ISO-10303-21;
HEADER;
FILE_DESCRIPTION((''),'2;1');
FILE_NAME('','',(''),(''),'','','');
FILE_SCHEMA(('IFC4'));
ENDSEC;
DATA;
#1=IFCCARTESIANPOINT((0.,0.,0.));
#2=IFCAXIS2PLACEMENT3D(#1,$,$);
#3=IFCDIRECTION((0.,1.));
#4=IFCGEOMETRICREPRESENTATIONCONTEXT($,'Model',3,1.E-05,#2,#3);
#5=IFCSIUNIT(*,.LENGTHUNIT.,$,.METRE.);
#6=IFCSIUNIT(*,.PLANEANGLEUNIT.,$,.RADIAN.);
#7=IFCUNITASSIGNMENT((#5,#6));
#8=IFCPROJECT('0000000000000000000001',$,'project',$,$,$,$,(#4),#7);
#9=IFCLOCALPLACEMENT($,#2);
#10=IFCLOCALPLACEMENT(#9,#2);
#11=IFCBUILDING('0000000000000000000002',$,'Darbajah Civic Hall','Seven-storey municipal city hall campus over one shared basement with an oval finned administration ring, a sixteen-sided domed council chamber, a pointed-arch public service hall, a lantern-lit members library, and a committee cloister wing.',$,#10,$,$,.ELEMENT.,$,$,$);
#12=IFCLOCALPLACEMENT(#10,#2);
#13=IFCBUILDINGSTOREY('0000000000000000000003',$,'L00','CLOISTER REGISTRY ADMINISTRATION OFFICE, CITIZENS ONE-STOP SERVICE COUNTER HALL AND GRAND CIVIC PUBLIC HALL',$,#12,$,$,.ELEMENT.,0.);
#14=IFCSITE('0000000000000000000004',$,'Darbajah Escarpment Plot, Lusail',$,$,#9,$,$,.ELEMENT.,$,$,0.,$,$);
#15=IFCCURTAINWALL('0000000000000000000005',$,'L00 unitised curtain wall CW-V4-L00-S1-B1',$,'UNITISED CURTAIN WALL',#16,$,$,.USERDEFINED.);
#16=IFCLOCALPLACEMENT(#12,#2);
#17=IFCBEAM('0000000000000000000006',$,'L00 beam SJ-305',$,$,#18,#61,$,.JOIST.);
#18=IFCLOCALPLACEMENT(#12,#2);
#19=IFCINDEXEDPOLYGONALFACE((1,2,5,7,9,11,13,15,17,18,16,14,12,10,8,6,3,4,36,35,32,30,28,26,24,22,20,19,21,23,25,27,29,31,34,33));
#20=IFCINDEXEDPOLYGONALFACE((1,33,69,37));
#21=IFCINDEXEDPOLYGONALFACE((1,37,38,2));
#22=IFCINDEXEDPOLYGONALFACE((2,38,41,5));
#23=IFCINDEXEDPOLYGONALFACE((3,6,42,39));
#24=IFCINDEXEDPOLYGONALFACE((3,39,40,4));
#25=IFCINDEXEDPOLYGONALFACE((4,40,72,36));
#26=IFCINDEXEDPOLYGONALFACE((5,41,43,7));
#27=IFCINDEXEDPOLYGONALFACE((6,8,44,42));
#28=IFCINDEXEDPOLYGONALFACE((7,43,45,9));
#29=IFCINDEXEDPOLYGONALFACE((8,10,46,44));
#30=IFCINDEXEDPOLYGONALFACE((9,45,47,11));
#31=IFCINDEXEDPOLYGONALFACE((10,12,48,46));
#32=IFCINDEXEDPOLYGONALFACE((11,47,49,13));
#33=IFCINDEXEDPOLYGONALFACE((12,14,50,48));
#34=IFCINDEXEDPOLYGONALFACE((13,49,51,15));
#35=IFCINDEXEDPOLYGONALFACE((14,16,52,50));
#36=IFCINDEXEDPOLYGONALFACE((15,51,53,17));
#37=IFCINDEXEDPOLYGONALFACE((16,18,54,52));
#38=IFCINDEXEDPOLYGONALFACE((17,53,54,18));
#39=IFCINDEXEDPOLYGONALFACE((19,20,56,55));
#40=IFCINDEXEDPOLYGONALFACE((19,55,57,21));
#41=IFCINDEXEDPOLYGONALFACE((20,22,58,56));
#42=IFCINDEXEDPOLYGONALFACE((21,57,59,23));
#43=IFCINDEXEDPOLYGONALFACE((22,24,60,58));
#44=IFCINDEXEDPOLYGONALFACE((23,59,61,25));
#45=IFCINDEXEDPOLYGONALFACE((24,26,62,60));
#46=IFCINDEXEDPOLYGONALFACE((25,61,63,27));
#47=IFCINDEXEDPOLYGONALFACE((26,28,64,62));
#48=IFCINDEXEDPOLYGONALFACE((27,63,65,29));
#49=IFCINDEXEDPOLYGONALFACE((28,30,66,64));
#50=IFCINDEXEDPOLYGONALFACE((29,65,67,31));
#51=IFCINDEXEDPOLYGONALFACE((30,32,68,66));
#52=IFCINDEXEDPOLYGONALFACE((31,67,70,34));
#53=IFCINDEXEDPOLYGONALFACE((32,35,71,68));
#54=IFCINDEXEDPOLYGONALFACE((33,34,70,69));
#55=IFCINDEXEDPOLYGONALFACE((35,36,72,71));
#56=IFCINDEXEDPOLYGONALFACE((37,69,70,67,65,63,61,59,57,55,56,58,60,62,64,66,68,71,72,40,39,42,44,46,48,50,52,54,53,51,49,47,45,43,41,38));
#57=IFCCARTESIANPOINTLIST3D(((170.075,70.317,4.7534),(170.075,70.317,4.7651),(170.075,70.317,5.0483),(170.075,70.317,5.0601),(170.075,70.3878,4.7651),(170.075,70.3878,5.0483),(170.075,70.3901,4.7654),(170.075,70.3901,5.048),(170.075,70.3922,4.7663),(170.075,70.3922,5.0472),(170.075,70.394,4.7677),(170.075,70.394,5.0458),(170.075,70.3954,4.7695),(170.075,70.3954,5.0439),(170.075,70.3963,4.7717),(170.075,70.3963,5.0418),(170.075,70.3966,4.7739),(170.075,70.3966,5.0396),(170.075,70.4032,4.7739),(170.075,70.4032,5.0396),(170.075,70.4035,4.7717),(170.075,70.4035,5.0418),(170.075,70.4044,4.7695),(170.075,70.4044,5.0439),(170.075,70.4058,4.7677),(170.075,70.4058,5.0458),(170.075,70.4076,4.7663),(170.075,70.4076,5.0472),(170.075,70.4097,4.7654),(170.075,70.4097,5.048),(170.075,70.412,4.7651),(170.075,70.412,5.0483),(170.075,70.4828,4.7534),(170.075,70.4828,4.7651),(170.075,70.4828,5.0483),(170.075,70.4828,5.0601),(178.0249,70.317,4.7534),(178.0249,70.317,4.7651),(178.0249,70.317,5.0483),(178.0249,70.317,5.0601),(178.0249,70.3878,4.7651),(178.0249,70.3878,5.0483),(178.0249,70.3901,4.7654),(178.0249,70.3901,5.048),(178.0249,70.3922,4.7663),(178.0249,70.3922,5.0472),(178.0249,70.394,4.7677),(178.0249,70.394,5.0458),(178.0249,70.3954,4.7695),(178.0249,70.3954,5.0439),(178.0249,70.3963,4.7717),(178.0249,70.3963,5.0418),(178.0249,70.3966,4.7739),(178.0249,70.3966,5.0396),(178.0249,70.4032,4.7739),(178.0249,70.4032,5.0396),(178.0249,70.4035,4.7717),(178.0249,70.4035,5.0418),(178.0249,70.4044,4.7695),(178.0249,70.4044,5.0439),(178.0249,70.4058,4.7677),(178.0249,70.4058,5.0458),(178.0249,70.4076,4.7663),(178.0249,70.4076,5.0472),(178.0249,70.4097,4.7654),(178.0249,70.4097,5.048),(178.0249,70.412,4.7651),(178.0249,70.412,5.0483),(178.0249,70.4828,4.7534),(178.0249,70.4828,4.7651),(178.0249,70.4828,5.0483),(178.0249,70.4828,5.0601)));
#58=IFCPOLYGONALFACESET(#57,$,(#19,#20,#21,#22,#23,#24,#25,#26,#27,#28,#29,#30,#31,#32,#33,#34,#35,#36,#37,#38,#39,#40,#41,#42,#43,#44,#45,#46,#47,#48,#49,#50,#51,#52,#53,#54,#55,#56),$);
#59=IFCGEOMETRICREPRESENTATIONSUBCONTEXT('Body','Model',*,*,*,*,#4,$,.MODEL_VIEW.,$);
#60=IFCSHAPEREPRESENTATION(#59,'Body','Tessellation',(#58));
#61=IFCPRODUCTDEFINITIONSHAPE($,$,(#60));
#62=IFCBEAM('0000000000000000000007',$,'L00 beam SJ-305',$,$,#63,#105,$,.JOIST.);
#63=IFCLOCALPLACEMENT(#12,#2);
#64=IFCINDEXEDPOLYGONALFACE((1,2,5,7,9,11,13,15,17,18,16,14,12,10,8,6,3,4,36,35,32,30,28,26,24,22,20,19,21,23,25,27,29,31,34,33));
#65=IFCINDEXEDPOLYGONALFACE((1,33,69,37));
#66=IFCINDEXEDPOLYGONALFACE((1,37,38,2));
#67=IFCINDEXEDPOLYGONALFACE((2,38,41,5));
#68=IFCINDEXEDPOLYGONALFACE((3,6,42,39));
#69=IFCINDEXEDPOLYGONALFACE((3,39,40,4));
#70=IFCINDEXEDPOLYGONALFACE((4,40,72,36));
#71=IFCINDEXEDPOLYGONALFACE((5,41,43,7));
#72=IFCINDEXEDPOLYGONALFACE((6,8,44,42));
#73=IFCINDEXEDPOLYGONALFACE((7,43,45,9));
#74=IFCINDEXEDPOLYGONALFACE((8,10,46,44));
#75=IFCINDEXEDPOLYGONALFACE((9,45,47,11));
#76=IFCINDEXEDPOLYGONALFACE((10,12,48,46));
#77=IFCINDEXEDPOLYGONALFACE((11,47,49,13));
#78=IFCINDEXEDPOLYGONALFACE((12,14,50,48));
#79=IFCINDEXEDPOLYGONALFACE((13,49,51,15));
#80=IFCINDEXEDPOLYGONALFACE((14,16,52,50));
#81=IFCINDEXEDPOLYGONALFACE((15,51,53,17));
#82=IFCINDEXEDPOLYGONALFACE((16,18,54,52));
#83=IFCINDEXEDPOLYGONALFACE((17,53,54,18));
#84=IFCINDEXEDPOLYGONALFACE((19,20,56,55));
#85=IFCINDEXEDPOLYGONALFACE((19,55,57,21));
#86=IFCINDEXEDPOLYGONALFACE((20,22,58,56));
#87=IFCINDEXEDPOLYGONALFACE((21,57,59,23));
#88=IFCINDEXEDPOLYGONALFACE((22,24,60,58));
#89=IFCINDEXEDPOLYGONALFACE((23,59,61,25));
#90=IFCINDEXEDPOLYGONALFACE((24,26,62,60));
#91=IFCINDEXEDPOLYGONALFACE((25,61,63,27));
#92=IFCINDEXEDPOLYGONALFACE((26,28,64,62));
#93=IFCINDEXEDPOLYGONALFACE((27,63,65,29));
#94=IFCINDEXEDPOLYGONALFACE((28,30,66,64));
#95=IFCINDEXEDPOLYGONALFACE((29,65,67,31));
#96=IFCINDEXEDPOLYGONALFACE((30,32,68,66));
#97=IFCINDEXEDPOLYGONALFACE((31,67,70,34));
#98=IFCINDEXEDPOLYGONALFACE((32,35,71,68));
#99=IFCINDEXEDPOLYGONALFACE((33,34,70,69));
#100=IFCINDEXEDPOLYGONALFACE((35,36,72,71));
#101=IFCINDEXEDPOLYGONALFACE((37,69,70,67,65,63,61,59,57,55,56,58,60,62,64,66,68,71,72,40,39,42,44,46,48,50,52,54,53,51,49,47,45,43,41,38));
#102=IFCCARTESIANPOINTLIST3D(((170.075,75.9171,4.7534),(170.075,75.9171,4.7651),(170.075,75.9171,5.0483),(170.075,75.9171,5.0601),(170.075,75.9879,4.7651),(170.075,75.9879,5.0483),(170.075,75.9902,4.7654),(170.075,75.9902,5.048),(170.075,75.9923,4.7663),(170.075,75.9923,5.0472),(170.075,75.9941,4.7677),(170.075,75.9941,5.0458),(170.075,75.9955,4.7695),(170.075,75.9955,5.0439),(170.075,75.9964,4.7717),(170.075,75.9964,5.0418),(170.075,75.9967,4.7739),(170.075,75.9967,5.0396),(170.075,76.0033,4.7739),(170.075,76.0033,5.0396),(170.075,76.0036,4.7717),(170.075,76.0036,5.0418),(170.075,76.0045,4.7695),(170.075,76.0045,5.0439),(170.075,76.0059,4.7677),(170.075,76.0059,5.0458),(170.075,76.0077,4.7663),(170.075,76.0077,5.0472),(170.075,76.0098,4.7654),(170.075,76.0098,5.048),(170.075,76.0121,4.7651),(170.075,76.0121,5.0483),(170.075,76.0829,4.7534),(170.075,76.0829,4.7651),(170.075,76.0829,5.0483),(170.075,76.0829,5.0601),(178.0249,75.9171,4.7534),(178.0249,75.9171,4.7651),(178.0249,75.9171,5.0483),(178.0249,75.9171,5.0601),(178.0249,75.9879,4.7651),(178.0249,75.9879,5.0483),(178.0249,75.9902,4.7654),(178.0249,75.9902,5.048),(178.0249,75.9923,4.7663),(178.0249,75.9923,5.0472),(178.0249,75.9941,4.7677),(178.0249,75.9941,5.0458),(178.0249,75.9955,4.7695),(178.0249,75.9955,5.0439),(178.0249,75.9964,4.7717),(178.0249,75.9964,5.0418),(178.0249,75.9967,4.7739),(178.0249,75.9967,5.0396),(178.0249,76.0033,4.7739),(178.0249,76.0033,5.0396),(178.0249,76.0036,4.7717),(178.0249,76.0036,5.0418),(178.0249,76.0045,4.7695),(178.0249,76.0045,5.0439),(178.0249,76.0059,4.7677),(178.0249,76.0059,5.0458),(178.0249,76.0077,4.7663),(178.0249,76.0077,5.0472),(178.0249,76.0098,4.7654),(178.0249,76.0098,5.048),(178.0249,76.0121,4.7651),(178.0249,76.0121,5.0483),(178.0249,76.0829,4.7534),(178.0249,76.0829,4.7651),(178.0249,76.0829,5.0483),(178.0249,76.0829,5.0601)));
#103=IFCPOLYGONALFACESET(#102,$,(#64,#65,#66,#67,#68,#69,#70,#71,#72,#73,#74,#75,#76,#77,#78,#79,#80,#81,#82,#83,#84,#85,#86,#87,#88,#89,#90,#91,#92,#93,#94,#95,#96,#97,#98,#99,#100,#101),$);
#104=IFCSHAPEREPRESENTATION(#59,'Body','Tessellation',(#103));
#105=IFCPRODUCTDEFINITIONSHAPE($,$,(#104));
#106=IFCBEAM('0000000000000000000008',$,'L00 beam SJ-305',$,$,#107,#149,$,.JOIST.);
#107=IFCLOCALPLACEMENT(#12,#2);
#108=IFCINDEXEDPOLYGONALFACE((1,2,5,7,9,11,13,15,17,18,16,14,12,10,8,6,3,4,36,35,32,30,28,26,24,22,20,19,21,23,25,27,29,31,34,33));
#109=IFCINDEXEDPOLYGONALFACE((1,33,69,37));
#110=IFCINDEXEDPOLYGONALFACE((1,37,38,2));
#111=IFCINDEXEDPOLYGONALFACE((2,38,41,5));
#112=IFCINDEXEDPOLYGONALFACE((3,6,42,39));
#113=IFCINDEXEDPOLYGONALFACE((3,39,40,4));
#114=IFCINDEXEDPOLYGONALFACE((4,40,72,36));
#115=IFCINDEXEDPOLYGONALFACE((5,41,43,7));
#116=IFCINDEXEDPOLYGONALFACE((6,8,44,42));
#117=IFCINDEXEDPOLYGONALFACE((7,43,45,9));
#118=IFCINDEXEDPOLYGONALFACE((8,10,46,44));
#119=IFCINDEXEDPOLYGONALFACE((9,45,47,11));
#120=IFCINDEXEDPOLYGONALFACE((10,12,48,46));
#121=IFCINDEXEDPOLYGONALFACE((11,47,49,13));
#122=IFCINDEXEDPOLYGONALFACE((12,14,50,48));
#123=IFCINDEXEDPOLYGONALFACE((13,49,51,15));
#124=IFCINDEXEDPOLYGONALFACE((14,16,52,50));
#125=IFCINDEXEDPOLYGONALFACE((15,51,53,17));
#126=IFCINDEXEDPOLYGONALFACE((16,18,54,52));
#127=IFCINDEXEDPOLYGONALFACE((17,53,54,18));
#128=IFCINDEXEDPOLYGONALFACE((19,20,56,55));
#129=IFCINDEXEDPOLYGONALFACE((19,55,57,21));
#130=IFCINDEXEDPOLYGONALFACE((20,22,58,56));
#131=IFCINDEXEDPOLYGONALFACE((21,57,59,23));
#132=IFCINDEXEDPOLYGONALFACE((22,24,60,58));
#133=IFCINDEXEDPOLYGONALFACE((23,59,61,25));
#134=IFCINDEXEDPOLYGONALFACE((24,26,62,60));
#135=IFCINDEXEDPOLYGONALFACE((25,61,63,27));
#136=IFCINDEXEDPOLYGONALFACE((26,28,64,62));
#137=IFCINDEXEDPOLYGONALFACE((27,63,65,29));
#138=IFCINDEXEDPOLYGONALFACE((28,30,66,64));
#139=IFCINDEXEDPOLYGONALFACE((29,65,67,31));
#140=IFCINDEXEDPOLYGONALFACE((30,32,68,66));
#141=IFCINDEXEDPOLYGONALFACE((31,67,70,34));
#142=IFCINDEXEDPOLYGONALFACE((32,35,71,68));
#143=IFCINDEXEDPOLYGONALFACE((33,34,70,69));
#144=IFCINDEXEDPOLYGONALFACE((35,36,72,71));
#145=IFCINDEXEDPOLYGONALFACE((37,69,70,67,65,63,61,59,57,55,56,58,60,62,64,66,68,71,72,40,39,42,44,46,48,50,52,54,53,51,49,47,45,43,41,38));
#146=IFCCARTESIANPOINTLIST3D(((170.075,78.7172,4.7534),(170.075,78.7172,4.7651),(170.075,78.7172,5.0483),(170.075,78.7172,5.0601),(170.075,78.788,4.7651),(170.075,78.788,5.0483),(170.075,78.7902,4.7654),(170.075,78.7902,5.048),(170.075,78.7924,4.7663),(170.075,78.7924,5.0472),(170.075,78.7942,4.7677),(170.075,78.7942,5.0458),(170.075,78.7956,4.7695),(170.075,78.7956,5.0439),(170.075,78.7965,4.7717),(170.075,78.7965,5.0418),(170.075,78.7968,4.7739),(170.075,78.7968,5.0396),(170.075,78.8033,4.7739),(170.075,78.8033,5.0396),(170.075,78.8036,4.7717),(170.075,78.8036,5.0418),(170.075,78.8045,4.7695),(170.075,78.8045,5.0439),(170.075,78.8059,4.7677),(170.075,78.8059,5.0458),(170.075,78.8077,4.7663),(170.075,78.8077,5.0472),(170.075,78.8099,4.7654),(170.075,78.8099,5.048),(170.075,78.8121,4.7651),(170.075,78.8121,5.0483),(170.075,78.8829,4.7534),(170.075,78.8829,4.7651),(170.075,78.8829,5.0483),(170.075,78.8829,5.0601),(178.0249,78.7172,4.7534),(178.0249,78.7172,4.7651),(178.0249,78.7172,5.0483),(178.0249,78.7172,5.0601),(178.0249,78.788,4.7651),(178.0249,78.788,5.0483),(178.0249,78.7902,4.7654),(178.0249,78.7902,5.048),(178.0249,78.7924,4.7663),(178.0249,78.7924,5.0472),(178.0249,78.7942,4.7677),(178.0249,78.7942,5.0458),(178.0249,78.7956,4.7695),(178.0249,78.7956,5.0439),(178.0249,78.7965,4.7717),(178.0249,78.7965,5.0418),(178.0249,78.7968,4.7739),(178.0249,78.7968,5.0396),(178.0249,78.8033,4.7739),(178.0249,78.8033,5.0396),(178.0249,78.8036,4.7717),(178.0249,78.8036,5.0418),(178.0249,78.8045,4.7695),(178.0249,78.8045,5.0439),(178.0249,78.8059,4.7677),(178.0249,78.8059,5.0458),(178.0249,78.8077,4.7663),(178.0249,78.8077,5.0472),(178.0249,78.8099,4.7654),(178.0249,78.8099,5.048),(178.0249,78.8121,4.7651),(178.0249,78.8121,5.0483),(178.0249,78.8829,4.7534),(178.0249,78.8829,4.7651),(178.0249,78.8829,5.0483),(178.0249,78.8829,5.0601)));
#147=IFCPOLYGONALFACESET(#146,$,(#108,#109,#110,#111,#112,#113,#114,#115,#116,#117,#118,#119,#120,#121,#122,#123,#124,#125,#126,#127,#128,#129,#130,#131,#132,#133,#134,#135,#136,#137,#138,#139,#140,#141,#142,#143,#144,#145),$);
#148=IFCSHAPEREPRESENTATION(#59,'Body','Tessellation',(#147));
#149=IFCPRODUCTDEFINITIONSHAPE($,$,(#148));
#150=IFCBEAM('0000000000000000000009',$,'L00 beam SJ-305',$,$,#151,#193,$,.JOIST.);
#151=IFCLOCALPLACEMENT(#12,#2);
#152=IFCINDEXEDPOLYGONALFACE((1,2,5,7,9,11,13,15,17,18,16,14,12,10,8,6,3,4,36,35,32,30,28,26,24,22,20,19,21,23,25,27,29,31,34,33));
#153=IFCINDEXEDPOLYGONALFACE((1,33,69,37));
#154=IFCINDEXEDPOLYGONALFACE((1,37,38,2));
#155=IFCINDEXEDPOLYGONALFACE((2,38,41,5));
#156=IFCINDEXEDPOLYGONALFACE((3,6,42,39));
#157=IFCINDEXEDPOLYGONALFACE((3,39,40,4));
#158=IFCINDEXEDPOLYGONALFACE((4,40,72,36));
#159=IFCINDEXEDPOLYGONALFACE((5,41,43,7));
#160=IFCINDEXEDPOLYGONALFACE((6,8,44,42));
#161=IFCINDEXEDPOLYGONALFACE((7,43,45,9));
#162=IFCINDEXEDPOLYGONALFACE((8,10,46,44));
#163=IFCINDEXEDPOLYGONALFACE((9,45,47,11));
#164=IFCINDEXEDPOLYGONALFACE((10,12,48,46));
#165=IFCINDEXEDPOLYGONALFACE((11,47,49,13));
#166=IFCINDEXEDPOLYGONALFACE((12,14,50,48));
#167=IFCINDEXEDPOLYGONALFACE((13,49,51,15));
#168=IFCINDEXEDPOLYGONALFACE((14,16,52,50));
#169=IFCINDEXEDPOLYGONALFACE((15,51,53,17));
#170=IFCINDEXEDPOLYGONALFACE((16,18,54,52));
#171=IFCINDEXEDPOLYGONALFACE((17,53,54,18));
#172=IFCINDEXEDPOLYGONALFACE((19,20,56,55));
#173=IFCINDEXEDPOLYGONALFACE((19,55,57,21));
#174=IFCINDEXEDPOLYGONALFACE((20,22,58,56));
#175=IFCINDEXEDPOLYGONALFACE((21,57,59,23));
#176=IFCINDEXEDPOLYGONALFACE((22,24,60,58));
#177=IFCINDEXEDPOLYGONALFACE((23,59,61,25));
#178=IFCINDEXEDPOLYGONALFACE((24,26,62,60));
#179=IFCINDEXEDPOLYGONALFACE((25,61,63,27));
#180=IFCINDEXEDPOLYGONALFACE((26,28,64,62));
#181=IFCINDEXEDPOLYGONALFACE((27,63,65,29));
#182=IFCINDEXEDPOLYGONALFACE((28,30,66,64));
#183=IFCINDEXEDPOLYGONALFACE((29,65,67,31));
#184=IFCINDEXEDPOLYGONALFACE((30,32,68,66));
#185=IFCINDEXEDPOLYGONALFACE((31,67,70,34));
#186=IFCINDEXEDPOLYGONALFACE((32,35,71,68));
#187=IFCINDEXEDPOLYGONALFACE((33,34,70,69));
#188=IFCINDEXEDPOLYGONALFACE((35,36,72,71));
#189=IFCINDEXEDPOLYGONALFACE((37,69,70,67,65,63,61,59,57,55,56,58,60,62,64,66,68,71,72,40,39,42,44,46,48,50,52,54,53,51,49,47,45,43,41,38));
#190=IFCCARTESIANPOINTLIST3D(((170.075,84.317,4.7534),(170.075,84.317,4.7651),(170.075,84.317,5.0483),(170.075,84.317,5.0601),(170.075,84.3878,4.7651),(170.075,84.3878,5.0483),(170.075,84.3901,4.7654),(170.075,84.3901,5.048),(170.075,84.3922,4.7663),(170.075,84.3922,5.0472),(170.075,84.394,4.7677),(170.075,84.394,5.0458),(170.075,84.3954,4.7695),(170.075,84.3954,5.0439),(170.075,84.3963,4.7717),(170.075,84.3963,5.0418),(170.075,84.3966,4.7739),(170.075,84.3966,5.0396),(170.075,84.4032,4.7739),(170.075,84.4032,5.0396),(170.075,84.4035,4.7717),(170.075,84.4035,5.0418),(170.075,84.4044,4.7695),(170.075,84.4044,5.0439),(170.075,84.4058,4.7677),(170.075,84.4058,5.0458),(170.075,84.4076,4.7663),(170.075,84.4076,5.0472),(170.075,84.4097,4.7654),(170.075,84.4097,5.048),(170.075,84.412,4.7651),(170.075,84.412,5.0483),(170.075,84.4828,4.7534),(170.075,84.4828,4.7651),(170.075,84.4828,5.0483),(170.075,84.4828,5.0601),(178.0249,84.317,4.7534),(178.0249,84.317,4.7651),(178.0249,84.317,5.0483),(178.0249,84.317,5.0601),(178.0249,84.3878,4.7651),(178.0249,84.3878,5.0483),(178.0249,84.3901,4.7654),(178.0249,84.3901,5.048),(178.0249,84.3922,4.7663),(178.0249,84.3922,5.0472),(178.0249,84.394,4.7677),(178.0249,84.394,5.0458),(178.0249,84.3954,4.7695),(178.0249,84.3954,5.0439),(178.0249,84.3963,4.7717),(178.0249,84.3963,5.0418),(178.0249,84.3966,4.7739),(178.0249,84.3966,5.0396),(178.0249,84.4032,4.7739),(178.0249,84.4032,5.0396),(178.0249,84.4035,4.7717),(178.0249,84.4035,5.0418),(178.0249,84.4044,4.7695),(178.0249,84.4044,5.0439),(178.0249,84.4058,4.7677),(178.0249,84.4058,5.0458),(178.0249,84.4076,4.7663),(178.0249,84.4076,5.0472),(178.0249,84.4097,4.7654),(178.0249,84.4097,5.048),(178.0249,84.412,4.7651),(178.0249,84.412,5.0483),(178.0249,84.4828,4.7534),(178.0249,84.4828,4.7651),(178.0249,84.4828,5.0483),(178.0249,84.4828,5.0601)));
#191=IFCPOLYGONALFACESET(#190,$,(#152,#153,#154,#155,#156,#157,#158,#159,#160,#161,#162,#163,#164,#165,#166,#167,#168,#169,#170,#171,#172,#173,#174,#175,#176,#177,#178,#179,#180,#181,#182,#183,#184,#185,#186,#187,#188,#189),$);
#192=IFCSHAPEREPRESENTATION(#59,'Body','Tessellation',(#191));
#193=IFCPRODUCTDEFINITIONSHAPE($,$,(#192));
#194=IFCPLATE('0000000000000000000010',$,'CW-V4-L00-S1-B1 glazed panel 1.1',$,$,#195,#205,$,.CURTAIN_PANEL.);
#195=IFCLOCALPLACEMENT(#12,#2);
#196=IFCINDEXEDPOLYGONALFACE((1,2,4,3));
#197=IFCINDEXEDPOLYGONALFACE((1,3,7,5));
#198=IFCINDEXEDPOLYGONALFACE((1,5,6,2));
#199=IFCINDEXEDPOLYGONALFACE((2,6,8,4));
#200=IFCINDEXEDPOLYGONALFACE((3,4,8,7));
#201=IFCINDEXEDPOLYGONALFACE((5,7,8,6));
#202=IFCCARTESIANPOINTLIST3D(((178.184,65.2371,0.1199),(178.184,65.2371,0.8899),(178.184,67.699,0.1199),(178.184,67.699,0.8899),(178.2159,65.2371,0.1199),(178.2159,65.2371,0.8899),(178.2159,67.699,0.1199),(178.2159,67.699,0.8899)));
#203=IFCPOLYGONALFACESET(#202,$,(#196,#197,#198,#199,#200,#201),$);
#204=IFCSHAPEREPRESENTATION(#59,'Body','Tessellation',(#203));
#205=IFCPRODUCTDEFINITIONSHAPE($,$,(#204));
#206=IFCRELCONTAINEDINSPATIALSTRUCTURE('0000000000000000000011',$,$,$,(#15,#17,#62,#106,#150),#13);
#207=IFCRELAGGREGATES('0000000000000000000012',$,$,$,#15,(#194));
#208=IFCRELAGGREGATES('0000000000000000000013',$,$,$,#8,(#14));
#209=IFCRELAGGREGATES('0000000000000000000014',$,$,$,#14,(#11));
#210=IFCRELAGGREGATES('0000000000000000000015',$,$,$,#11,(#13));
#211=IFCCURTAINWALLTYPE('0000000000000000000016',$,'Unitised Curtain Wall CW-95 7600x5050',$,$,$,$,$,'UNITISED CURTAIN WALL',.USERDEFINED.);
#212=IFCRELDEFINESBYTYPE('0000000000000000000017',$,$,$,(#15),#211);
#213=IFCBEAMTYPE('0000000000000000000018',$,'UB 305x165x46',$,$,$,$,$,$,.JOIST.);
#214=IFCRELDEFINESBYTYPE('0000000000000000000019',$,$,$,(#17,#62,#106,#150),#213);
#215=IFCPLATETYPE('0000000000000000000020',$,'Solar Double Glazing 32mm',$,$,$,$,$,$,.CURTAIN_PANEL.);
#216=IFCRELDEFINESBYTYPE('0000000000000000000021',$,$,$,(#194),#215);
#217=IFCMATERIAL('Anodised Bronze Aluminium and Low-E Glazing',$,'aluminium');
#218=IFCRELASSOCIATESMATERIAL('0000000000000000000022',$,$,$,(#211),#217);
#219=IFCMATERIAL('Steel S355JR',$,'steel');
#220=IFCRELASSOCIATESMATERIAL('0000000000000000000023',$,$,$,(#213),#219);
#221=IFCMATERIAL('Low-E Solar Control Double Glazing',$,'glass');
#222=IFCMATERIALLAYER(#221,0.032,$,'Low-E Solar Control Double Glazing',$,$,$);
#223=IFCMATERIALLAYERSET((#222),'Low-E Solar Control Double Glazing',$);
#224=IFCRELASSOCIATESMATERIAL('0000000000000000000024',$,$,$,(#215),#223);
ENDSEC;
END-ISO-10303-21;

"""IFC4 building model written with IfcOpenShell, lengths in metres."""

from ifc_helpers import new_model, si_unit, direction, frame, origin, origin_2d, place, context, subcontext, project, spatial, rectangle, i_section, extrude, material, layer, layer_set, material_profile, profile_set, type_object, element, aggregate, save


model = new_model("IFC4")

# Units and contexts
model_context = context("Model", 3, precision=1e-05, world=origin(), true_north=direction((0.0, 1.0)))
body_context = subcontext(model_context, "Body", "Model", "MODEL_VIEW")
ifc_project = project(units=[si_unit("LENGTHUNIT", "METRE"), si_unit("PLANEANGLEUNIT", "RADIAN")], contexts=[model_context])

# Site, building, storey
site_placement = place(None, origin())
site = spatial("IfcSite", under=ifc_project, at=site_placement, Name="Darbajah Escarpment Plot, Lusail", CompositionType="ELEMENT", RefElevation=0.0)
building_placement = place(site_placement, origin())
building = spatial("IfcBuilding", under=site, at=building_placement, Name="Darbajah Civic Hall", Description="Seven-storey municipal city hall campus over one shared basement with an oval finned administration ring, a sixteen-sided domed council chamber, a pointed-arch public service hall, a lantern-lit members library, and a committee cloister wing.", CompositionType="ELEMENT")
storey_placement = place(building_placement, origin())
storey = spatial("IfcBuildingStorey", under=building, at=storey_placement, Name="L00", Description="CLOISTER REGISTRY ADMINISTRATION OFFICE, CITIZENS ONE-STOP SERVICE COUNTER HALL AND GRAND CIVIC PUBLIC HALL", CompositionType="ELEMENT", Elevation=0.0)

# Curtain wall
ifc_material_1 = material(Name="Anodised Bronze Aluminium and Low-E Glazing", Category="aluminium")
curtain_wall_type = type_object("IfcCurtainWallType", Name="Unitised Curtain Wall CW-95 7600x5050", ElementType="UNITISED CURTAIN WALL", PredefinedType="USERDEFINED", material=ifc_material_1)
curtain_wall_placement = place(storey_placement, origin())
curtain_wall = element("IfcCurtainWall", 1, at=curtain_wall_placement, inside=storey, type_object=curtain_wall_type, Name="L00 unitised curtain wall CW-V4-L00-S1-B1", ObjectType="UNITISED CURTAIN WALL", PredefinedType="USERDEFINED")

# Beams
ifc_material_2 = material(Name="Steel S355JR", Category="steel")
ifc_material_profile_1 = material_profile(ifc_material_2, i_section(OverallWidth=0.1658, OverallDepth=0.3066, WebThickness=0.0066, FlangeThickness=0.0117, FilletRadius=0.0088, at=origin_2d()), Name="UB 305x165x46")
ifc_profile_set_1 = profile_set([ifc_material_profile_1], Name="Steel S355JR")
beam_type_1 = type_object("IfcBeamType", Name="UB 305x165x46", PredefinedType="JOIST", material=ifc_profile_set_1)
for number, where, z_axis, x_axis, name in (
    (2, (170.075, 70.3999, 4.9067), (1.0, 0.0, 0.0), (0.0, 1.0, 0.0), "L00 beam SJ-305"),
    (3, (170.075, 76.0, 4.9067), (1.0, 0.0, 0.0), (0.0, 1.0, 0.0), "L00 beam SJ-305"),
    (4, (170.075, 78.8, 4.9067), (1.0, 0.0, 0.0), (0.0, 1.0, 0.0), "L00 beam SJ-305"),
    (5, (170.075, 84.3999, 4.9067), (1.0, 0.0, 0.0), (0.0, 1.0, 0.0), "L00 beam SJ-305"),
):
    element("IfcBeam", number, at=place(storey_placement, frame(where, z_axis=z_axis, x_axis=x_axis)), inside=storey, type_object=beam_type_1, Name=name, PredefinedType="JOIST", context=body_context, shape_type="SweptSolid", body=[
        extrude(i_section(OverallWidth=0.1658, OverallDepth=0.3066, WebThickness=0.0066, FlangeThickness=0.0117, FilletRadius=0.0088, at=origin_2d()), origin(), (0.0, 0.0, 1.0), 7.95),
    ])

# Plate
ifc_material_3 = material(Name="Low-E Solar Control Double Glazing", Category="glass")
ifc_layer = layer(ifc_material_3, 0.032, Name="Low-E Solar Control Double Glazing")
ifc_layer_set = layer_set([ifc_layer], Name="Low-E Solar Control Double Glazing")
plate_type = type_object("IfcPlateType", Name="Solar Double Glazing 32mm", PredefinedType="CURTAIN_PANEL", material=ifc_layer_set)
plate_1_placement = place(storey_placement, frame((178.2, 66.468, 0.1199), z_axis=(0.0, 0.0, 1.0), x_axis=(0.0, 1.0, 0.0)))
plate_1 = element("IfcPlate", 6, at=plate_1_placement, type_object=plate_type, Name="CW-V4-L00-S1-B1 glazed panel 1.1", PredefinedType="CURTAIN_PANEL", context=body_context, shape_type="SweptSolid", body=[
    extrude(rectangle(XDim=2.4619, YDim=0.032, at=origin_2d()), origin(), (0.0, 0.0, 1.0), 0.77),
])
aggregate(curtain_wall, [plate_1])

save(model, "model.ifc")
